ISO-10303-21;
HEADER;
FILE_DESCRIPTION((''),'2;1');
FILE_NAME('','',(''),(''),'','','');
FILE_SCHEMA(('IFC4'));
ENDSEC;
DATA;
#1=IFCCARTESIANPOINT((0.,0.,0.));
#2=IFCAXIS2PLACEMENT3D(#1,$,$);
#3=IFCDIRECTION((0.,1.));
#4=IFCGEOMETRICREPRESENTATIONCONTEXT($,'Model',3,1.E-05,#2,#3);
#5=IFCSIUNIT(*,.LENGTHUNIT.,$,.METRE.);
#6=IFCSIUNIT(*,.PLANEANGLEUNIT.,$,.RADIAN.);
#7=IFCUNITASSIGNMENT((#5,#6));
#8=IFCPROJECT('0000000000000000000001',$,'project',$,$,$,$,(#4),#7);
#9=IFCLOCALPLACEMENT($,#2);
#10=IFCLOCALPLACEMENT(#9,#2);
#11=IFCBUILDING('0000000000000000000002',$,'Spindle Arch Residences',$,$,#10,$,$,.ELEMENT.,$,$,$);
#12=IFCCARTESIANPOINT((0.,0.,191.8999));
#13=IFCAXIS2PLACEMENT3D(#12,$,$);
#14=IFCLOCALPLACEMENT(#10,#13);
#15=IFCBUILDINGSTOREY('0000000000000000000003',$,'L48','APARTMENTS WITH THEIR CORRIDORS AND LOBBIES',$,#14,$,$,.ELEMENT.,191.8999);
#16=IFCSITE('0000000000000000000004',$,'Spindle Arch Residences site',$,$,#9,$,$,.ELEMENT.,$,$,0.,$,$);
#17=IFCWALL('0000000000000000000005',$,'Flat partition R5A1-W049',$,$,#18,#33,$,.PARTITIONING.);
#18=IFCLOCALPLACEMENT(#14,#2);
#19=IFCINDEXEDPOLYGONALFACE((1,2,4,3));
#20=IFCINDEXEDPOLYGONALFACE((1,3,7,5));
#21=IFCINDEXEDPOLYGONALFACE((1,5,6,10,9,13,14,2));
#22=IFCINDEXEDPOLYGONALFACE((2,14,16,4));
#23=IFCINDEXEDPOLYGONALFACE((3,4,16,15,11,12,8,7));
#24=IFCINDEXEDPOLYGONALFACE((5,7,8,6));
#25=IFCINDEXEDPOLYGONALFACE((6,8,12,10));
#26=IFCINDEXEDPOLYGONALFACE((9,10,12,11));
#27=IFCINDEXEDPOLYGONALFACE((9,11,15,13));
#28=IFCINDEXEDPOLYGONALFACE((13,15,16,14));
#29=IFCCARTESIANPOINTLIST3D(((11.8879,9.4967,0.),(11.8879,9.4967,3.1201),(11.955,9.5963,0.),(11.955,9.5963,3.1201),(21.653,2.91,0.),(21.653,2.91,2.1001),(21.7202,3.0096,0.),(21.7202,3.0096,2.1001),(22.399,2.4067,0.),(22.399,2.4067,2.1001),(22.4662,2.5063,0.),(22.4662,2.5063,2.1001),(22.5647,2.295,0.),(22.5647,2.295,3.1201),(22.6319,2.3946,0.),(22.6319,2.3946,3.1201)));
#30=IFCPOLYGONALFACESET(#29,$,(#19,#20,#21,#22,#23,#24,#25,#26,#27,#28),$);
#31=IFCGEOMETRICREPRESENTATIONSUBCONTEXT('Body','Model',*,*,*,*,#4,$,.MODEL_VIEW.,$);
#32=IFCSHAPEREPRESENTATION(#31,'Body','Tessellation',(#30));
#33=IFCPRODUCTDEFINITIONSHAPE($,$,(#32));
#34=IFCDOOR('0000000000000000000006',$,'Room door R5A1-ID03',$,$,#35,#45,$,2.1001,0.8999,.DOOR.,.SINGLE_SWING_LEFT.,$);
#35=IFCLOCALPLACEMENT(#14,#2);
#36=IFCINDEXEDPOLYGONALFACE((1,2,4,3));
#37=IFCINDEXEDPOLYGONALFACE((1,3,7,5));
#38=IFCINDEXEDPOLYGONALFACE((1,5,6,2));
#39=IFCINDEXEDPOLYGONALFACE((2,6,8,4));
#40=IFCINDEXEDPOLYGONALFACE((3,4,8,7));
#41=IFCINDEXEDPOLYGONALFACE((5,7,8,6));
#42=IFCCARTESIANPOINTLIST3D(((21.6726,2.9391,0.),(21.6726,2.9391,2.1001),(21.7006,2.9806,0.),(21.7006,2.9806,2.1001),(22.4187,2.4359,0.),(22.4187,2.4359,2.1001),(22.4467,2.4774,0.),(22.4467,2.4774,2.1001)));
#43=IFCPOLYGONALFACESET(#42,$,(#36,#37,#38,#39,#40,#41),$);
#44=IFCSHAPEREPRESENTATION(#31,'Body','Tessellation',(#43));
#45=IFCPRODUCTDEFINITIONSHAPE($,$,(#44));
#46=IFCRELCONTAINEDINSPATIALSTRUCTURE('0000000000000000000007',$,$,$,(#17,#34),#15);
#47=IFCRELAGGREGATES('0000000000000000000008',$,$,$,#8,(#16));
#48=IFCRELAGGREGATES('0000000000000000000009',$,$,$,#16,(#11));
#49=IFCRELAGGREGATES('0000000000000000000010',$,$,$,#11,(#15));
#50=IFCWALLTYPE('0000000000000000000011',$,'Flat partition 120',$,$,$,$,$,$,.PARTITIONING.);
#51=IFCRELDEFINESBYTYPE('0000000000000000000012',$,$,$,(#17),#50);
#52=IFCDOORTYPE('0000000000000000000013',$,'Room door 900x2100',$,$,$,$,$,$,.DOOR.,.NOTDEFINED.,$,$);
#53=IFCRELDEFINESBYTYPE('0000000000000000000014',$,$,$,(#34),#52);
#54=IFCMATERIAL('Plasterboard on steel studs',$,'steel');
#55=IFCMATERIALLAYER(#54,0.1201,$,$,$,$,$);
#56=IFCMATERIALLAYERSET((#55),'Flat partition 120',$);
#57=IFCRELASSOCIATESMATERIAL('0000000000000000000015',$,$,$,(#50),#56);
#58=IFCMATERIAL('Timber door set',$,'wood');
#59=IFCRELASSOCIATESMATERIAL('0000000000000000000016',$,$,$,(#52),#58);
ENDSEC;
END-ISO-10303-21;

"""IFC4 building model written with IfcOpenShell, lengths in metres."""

from ifc_helpers import new_model, si_unit, direction, frame, frame_2d, origin, place, context, subcontext, project, spatial, rectangle, extrude, material, layer, layer_set, type_object, element, fill, save


model = new_model("IFC4")

# Units and contexts
model_context = context("Model", 3, precision=1e-05, world=origin(), true_north=direction((0.0, 1.0)))
body_context = subcontext(model_context, "Body", "Model", "MODEL_VIEW")
ifc_project = project(units=[si_unit("LENGTHUNIT", "METRE"), si_unit("PLANEANGLEUNIT", "RADIAN")], contexts=[model_context])

# Site, building, storey
site_placement = place(None, origin())
site = spatial("IfcSite", under=ifc_project, at=site_placement, Name="Spindle Arch Residences site", CompositionType="ELEMENT", RefElevation=0.0)
building_placement = place(site_placement, origin())
building = spatial("IfcBuilding", under=site, at=building_placement, Name="Spindle Arch Residences", CompositionType="ELEMENT")
storey_placement = place(building_placement, frame((0.0, 0.0, 191.8999)))
storey = spatial("IfcBuildingStorey", under=building, at=storey_placement, Name="L48", Description="APARTMENTS WITH THEIR CORRIDORS AND LOBBIES", CompositionType="ELEMENT", Elevation=191.8999)

# Shared definitions
ifc_material_1 = material(Name="Plasterboard on steel studs", Category="steel")
ifc_layer_1 = layer(ifc_material_1, 0.1201)
ifc_layer_set_1 = layer_set([ifc_layer_1], Name="Flat partition 120")
wall_type = type_object("IfcWallType", Name="Flat partition 120", PredefinedType="PARTITIONING", material=ifc_layer_set_1)

# Wall, opening, door
ifc_material_2 = material(Name="Timber door set", Category="wood")
door_type = type_object("IfcDoorType", Name="Room door 900x2100", OperationType="NOTDEFINED", PredefinedType="DOOR", material=ifc_material_2)
wall_1_placement = place(storey_placement, frame((22.5984, 2.3447, 0.0), z_axis=(0.0, 0.0, 1.0), x_axis=(-0.829034, 0.559198, 0.0)))
wall_1 = element("IfcWall", 1, at=wall_1_placement, inside=storey, type_object=wall_type, Name="Flat partition R5A1-W049", PredefinedType="PARTITIONING", context=body_context, shape_type="SweptSolid", body=[
    extrude(rectangle(XDim=12.8787, YDim=0.1201, at=frame_2d((6.4395, 0.0))), origin(), (0.0, 0.0, 1.0), 3.1201),
])
opening_1_placement = place(wall_1_placement, frame((0.2, 0.0, 0.0)))
opening_1 = element("IfcOpeningElement", 2, at=opening_1_placement, cuts=wall_1, PredefinedType="OPENING", context=body_context, shape_type="SweptSolid", body=[
    extrude(rectangle(XDim=0.8999, YDim=2.1001, at=frame_2d((0.45, 1.05))), frame((0.0, 0.0701, 0.0), z_axis=(0.0, -1.0, 0.0), x_axis=(1.0, 0.0, 0.0)), (0.0, 0.0, 1.0), 0.1401),
])
door_1_placement = place(opening_1_placement, origin())
door_1 = element("IfcDoor", 3, at=door_1_placement, inside=storey, type_object=door_type, Name="Room door R5A1-ID03", OperationType="SINGLE_SWING_LEFT", OverallHeight=2.1001, OverallWidth=0.8999, PredefinedType="DOOR", context=body_context, shape_type="SweptSolid", body=[
    extrude(rectangle(XDim=0.8999, YDim=2.1001, at=frame_2d((0.45, 1.05))), frame((0.0, 0.0249, 0.0), z_axis=(0.0, -1.0, 0.0), x_axis=(1.0, 0.0, 0.0)), (0.0, 0.0, 1.0), 0.05),
])
fill(opening_1, door_1)

save(model, "model.ifc")
